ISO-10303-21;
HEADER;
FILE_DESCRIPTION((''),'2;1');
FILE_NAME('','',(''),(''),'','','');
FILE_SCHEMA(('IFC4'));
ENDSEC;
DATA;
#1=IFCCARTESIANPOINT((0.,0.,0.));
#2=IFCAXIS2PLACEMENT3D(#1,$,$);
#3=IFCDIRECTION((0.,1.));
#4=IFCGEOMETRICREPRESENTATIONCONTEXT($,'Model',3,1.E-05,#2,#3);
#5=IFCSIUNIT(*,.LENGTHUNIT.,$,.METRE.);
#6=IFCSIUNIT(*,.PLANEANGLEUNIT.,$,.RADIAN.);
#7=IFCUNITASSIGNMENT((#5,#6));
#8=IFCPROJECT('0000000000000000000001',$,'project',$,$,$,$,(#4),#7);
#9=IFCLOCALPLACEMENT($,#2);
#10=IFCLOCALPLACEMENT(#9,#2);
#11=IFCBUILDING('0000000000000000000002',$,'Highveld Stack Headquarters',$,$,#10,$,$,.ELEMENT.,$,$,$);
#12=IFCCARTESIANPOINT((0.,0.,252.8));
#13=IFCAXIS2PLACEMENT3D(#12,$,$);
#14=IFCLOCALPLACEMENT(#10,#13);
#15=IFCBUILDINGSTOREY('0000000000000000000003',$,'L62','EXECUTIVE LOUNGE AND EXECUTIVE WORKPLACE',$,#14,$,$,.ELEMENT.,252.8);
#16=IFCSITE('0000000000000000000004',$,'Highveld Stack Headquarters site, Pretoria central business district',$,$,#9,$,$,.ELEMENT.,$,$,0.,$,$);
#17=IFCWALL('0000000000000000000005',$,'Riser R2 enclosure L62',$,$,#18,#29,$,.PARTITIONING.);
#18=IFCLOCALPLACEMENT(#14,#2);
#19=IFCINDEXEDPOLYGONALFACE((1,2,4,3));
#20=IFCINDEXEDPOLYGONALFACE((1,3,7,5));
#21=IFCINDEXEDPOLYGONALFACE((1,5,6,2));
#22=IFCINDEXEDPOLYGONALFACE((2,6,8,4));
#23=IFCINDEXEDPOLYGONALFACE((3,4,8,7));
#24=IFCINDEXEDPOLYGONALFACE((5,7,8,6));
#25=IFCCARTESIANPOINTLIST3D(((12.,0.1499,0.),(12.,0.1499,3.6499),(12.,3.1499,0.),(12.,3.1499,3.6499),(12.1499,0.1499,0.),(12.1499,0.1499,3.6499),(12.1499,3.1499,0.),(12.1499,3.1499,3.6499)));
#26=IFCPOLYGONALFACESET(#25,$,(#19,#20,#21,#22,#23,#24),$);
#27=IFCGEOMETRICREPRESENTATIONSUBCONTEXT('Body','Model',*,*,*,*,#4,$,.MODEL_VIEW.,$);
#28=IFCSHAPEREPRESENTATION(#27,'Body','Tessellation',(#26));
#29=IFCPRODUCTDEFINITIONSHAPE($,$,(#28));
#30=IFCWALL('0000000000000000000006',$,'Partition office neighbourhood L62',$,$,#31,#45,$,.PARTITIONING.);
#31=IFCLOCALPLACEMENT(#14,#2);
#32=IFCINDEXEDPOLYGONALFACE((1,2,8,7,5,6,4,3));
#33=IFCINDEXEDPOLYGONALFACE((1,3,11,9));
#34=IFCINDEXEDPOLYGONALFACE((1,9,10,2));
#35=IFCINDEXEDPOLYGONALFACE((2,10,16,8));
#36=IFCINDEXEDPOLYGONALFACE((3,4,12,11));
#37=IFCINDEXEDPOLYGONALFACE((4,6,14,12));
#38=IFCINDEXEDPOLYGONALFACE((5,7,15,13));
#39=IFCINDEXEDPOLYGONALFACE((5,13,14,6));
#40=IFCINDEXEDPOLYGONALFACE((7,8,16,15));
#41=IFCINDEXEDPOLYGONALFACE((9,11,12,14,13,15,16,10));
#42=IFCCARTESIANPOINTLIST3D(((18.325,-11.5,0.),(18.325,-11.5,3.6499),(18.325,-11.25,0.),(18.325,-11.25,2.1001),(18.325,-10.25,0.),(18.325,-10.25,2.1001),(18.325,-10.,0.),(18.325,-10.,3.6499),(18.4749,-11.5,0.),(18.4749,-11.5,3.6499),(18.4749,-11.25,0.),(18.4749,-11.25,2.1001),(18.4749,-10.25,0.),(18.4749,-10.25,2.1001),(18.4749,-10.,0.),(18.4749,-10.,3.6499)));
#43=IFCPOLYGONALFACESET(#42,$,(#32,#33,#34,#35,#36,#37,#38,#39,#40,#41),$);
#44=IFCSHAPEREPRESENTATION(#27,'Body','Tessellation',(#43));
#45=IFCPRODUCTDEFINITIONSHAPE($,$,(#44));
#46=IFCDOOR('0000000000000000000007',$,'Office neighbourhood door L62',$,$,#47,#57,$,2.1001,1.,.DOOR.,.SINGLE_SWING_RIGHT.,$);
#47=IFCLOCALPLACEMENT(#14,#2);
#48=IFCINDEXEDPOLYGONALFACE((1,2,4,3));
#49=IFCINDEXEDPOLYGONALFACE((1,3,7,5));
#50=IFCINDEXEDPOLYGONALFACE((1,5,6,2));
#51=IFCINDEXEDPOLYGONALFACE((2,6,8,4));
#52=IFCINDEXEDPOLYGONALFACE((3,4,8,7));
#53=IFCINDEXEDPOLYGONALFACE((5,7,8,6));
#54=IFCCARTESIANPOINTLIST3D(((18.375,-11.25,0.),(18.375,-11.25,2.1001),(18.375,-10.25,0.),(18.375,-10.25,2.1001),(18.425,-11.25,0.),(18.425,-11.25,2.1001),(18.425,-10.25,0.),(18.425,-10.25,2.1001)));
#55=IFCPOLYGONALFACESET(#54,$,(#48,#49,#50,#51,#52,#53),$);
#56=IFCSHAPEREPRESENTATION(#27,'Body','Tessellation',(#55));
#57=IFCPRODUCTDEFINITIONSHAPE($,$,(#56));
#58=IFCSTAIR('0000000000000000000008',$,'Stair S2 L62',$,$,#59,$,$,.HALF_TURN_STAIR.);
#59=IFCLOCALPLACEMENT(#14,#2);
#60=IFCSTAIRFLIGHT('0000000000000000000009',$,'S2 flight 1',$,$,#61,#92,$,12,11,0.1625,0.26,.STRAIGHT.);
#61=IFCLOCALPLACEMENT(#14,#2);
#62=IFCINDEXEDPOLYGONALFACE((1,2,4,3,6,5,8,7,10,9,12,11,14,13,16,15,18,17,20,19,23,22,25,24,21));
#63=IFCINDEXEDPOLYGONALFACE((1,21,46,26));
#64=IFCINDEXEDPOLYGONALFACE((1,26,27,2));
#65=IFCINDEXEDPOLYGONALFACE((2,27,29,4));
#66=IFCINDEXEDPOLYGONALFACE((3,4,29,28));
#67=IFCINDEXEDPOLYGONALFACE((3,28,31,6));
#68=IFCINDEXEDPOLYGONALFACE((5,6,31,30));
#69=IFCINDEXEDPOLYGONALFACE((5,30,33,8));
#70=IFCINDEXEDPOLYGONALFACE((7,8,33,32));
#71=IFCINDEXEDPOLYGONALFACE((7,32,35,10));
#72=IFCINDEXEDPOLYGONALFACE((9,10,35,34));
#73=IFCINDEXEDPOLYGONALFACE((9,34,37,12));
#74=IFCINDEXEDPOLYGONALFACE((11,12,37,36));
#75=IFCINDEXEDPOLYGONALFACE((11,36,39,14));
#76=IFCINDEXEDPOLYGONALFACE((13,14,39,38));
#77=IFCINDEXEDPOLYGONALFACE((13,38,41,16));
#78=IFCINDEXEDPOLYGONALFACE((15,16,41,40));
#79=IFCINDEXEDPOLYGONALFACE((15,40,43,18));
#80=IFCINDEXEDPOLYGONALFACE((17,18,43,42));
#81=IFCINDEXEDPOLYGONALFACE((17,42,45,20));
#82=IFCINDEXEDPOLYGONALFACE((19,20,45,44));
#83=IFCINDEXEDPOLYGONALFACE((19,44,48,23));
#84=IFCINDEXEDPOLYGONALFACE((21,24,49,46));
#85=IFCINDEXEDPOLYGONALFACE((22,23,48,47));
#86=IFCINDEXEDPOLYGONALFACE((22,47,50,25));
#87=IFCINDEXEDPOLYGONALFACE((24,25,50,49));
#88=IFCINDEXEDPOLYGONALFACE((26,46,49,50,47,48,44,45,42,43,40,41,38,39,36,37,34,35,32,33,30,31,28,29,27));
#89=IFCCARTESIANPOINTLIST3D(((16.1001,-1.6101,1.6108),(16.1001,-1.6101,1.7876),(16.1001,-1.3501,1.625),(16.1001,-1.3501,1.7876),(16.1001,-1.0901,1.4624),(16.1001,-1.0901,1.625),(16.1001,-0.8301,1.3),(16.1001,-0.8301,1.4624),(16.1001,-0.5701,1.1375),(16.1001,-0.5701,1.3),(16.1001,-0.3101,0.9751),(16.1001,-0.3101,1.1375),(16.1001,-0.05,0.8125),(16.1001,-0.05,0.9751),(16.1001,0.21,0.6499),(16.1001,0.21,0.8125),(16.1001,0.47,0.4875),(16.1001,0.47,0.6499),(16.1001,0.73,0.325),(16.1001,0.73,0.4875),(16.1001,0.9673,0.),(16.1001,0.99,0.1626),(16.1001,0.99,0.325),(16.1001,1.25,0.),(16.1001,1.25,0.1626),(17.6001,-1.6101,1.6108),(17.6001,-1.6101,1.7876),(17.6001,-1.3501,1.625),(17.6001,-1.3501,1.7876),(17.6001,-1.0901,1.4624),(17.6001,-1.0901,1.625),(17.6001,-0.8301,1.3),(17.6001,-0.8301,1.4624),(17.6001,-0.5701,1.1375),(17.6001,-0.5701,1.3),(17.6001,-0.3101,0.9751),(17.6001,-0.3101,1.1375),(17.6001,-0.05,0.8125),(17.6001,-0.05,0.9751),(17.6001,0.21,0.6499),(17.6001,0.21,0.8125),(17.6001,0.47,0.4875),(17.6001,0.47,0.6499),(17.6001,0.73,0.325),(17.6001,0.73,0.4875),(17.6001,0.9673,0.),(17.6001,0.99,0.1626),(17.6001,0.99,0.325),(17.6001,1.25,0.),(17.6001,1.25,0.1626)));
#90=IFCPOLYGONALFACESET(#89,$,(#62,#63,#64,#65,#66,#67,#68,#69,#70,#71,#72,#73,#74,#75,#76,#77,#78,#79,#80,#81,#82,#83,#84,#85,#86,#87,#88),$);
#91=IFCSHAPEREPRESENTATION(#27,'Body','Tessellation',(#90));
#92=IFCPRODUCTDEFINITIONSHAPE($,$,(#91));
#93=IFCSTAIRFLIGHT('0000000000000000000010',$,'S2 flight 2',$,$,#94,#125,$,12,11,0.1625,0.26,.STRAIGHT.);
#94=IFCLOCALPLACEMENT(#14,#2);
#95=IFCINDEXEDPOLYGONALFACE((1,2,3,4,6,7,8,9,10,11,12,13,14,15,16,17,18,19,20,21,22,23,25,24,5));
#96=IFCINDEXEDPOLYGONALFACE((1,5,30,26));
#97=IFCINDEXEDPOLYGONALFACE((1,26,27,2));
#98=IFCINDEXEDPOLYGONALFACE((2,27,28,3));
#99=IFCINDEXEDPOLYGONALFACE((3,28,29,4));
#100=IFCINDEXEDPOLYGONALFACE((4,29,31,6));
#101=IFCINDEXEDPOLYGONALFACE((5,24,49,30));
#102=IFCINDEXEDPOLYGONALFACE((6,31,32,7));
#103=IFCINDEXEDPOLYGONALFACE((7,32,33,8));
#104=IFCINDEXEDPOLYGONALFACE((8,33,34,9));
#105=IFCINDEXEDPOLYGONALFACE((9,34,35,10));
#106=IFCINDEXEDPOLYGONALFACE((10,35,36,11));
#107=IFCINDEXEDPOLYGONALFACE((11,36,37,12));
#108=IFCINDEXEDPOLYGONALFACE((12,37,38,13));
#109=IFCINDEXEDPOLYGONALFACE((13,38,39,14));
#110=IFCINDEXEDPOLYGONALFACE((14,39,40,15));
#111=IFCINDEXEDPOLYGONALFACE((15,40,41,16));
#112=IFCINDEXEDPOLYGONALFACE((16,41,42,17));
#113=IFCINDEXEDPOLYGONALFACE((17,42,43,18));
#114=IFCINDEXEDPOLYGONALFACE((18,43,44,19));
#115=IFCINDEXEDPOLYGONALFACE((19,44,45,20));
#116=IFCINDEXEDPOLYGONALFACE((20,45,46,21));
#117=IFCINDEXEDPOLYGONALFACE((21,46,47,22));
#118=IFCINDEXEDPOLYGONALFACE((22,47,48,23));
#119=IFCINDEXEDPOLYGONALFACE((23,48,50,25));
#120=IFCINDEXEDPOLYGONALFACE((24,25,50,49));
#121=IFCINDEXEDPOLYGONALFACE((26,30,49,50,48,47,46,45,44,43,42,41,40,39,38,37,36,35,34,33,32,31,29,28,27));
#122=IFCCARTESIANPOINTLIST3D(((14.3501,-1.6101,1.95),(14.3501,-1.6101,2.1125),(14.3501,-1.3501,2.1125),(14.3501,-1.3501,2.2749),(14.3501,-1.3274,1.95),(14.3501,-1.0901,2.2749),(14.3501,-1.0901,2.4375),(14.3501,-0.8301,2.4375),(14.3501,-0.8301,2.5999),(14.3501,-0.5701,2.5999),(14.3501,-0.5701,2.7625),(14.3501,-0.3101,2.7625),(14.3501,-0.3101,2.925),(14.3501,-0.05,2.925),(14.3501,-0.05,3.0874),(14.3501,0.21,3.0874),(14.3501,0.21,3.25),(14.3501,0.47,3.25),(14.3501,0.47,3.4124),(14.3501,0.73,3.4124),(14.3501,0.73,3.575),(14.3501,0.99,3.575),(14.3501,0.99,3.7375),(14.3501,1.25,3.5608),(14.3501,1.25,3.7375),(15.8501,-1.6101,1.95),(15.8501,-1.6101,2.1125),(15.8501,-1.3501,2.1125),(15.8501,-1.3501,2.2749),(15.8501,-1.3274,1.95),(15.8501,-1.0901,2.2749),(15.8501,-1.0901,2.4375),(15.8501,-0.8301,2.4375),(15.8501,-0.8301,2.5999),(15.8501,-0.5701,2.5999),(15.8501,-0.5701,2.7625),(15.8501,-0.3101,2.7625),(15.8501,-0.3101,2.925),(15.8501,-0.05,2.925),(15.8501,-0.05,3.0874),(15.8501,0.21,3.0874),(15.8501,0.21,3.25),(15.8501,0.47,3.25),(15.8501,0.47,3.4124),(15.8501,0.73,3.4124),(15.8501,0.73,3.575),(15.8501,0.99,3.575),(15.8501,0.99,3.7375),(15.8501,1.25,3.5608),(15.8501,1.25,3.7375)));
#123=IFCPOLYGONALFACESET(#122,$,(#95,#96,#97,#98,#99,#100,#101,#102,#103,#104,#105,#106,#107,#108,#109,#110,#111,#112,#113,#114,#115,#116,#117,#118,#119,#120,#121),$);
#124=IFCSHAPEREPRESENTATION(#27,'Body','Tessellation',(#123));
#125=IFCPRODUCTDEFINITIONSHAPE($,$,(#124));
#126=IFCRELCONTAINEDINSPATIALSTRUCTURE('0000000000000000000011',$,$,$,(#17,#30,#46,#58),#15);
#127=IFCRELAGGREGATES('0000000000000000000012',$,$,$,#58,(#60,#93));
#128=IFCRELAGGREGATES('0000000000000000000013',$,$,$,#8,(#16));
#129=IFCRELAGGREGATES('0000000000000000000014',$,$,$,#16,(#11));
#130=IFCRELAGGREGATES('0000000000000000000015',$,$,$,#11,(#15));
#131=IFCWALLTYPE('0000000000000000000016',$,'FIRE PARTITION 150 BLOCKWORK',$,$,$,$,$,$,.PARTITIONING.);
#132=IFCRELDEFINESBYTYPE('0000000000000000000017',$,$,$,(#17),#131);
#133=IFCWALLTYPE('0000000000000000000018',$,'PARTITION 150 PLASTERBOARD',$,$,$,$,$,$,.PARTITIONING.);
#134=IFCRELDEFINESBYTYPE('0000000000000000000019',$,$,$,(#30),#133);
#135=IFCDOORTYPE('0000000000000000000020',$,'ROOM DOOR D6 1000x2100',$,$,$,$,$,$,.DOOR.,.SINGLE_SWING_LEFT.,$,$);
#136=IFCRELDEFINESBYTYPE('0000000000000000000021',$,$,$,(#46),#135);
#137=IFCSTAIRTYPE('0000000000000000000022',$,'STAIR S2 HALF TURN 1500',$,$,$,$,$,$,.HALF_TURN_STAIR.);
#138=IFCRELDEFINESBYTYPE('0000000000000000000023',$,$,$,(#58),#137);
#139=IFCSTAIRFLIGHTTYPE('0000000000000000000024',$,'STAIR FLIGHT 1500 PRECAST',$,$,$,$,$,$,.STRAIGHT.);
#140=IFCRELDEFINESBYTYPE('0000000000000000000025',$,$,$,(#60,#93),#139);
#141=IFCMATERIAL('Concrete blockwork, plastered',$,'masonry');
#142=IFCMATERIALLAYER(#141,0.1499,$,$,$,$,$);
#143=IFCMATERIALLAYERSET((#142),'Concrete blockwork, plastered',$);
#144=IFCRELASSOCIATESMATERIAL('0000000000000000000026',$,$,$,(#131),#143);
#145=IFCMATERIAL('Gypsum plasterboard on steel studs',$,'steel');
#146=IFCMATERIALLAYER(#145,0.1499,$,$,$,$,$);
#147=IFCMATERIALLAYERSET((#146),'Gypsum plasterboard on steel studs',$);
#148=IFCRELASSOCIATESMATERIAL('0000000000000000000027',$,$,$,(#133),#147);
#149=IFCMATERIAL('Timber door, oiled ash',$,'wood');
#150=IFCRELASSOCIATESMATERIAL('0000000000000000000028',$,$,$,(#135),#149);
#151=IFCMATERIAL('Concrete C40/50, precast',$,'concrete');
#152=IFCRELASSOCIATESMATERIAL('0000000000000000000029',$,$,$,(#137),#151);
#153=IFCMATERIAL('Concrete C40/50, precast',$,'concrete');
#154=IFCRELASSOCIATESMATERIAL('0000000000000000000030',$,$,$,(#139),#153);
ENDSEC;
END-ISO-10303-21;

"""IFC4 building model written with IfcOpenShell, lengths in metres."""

from ifc_helpers import new_model, si_unit, direction, frame, frame_2d, origin, place, context, subcontext, project, spatial, polyline, rectangle, outline, extrude, material, layer, layer_set, type_object, element, fill, aggregate, save


model = new_model("IFC4")

# Units and contexts
model_context = context("Model", 3, precision=1e-05, world=origin(), true_north=direction((0.0, 1.0)))
body_context = subcontext(model_context, "Body", "Model", "MODEL_VIEW")
ifc_project = project(units=[si_unit("LENGTHUNIT", "METRE"), si_unit("PLANEANGLEUNIT", "RADIAN")], contexts=[model_context])

# Site, building, storey
site_placement = place(None, origin())
site = spatial("IfcSite", under=ifc_project, at=site_placement, Name="Highveld Stack Headquarters site, Pretoria central business district", CompositionType="ELEMENT", RefElevation=0.0)
building_placement = place(site_placement, origin())
building = spatial("IfcBuilding", under=site, at=building_placement, Name="Highveld Stack Headquarters", CompositionType="ELEMENT")
storey_placement = place(building_placement, frame((0.0, 0.0, 252.8)))
storey = spatial("IfcBuildingStorey", under=building, at=storey_placement, Name="L62", Description="EXECUTIVE LOUNGE AND EXECUTIVE WORKPLACE", CompositionType="ELEMENT", Elevation=252.8)

# Wall
ifc_material_1 = material(Name="Concrete blockwork, plastered", Category="masonry")
ifc_layer_1 = layer(ifc_material_1, 0.1499)
ifc_layer_set_1 = layer_set([ifc_layer_1], Name="Concrete blockwork, plastered")
wall_type_1 = type_object("IfcWallType", Name="FIRE PARTITION 150 BLOCKWORK", PredefinedType="PARTITIONING", material=ifc_layer_set_1)
wall_1_placement = place(storey_placement, frame((12.075, 0.1499, 0.0), z_axis=(0.0, 0.0, 1.0), x_axis=(0.0, 1.0, 0.0)))
element("IfcWall", 1, at=wall_1_placement, inside=storey, type_object=wall_type_1, Name="Riser R2 enclosure L62", PredefinedType="PARTITIONING", context=body_context, shape_type="SweptSolid", body=[
    extrude(rectangle(XDim=3.0, YDim=0.1499, at=frame_2d((1.5, 0.0))), origin(), (0.0, 0.0, 1.0), 3.6499),
])

# Wall, opening, door
ifc_material_2 = material(Name="Gypsum plasterboard on steel studs", Category="steel")
ifc_layer_2 = layer(ifc_material_2, 0.1499)
ifc_layer_set_2 = layer_set([ifc_layer_2], Name="Gypsum plasterboard on steel studs")
wall_type_2 = type_object("IfcWallType", Name="PARTITION 150 PLASTERBOARD", PredefinedType="PARTITIONING", material=ifc_layer_set_2)
wall_2_placement = place(storey_placement, frame((18.3999, -11.5, 0.0), z_axis=(0.0, 0.0, 1.0), x_axis=(0.0, 1.0, 0.0)))
wall_2 = element("IfcWall", 2, at=wall_2_placement, inside=storey, type_object=wall_type_2, Name="Partition office neighbourhood L62", PredefinedType="PARTITIONING", context=body_context, shape_type="SweptSolid", body=[
    extrude(rectangle(XDim=1.5, YDim=0.1499, at=frame_2d((0.75, 0.0))), origin(), (0.0, 0.0, 1.0), 3.6499),
])
opening_1_placement = place(wall_2_placement, frame((0.25, 0.0, 0.0)))
opening_1 = element("IfcOpeningElement", 3, at=opening_1_placement, cuts=wall_2, PredefinedType="OPENING", context=body_context, shape_type="SweptSolid", body=[
    extrude(rectangle(XDim=1.0, YDim=2.1001, at=frame_2d((0.5, 1.05))), frame((0.0, 0.085, 0.0), z_axis=(0.0, -1.0, 0.0), x_axis=(1.0, 0.0, 0.0)), (0.0, 0.0, 1.0), 0.1699),
])
ifc_material_3 = material(Name="Timber door, oiled ash", Category="wood")
door_type_1 = type_object("IfcDoorType", Name="ROOM DOOR D6 1000x2100", OperationType="SINGLE_SWING_LEFT", PredefinedType="DOOR", material=ifc_material_3)
door_1_placement = place(opening_1_placement, origin())
door_1 = element("IfcDoor", 4, at=door_1_placement, inside=storey, type_object=door_type_1, Name="Office neighbourhood door L62", OperationType="SINGLE_SWING_RIGHT", OverallHeight=2.1001, OverallWidth=1.0, PredefinedType="DOOR", context=body_context, shape_type="SweptSolid", body=[
    extrude(rectangle(XDim=1.0, YDim=2.1001, at=frame_2d((0.5, 1.05))), frame((0.0, 0.0249, 0.0), z_axis=(0.0, -1.0, 0.0), x_axis=(1.0, 0.0, 0.0)), (0.0, 0.0, 1.0), 0.05),
])
fill(opening_1, door_1)

# Stair, stair flights
ifc_material_4 = material(Name="Concrete C40/50, precast", Category="concrete")
stair_type = type_object("IfcStairType", Name="STAIR S2 HALF TURN 1500", PredefinedType="HALF_TURN_STAIR", material=ifc_material_4)
stair_placement = place(storey_placement, origin())
stair = element("IfcStair", 5, at=stair_placement, inside=storey, type_object=stair_type, Name="Stair S2 L62", PredefinedType="HALF_TURN_STAIR")
ifc_material_5 = material(Name="Concrete C40/50, precast", Category="concrete")
stair_flight_type = type_object("IfcStairFlightType", Name="STAIR FLIGHT 1500 PRECAST", PredefinedType="STRAIGHT", material=ifc_material_5)
stair_flight_1_placement = place(storey_placement, frame((16.8501, 1.25, 0.0), z_axis=(0.0, 0.0, 1.0), x_axis=(0.0, -1.0, 0.0)))
stair_flight_1 = element("IfcStairFlight", 6, at=stair_flight_1_placement, type_object=stair_flight_type, Name="S2 flight 1", NumberOfRisers=12, NumberOfTreads=11, PredefinedType="STRAIGHT", RiserHeight=0.1625, TreadLength=0.26, context=body_context, shape_type="SweptSolid", body=[
    extrude(outline(polyline([(0.0, 0.0), (0.0, 0.1626), (0.26, 0.1626), (0.26, 0.325), (0.52, 0.325), (0.52, 0.4875), (0.78, 0.4875), (0.78, 0.6499), (1.04, 0.6499), (1.04, 0.8125), (1.3, 0.8125), (1.3, 0.9751), (1.5601, 0.9751), (1.5601, 1.1375), (1.8201, 1.1375), (1.8201, 1.3), (2.0801, 1.3), (2.0801, 1.4624), (2.3401, 1.4624), (2.3401, 1.625), (2.6001, 1.625), (2.6001, 1.7876), (2.8601, 1.7876), (2.8601, 1.95), (2.8601, 1.6108), (0.2827, 0.0), (0.0, 0.0)])), frame((0.0, 0.75, 0.0), z_axis=(0.0, -1.0, 0.0), x_axis=(1.0, 0.0, 0.0)), (0.0, 0.0, 1.0), 1.5),
])
stair_flight_2_placement = place(storey_placement, frame((15.1001, -1.6101, 1.95), z_axis=(0.0, 0.0, 1.0), x_axis=(0.0, 1.0, 0.0)))
stair_flight_2 = element("IfcStairFlight", 7, at=stair_flight_2_placement, type_object=stair_flight_type, Name="S2 flight 2", NumberOfRisers=12, NumberOfTreads=11, PredefinedType="STRAIGHT", RiserHeight=0.1625, TreadLength=0.26, context=body_context, shape_type="SweptSolid", body=[
    extrude(outline(polyline([(0.0, 0.0), (0.0, 0.1626), (0.26, 0.1626), (0.26, 0.325), (0.52, 0.325), (0.52, 0.4875), (0.78, 0.4875), (0.78, 0.6499), (1.04, 0.6499), (1.04, 0.8125), (1.3, 0.8125), (1.3, 0.9751), (1.5601, 0.9751), (1.5601, 1.1375), (1.8201, 1.1375), (1.8201, 1.3), (2.0801, 1.3), (2.0801, 1.4624), (2.3401, 1.4624), (2.3401, 1.625), (2.6001, 1.625), (2.6001, 1.7876), (2.8601, 1.7876), (2.8601, 1.95), (2.8601, 1.6108), (0.2827, 0.0), (0.0, 0.0)])), frame((0.0, 0.75, 0.0), z_axis=(0.0, -1.0, 0.0), x_axis=(1.0, 0.0, 0.0)), (0.0, 0.0, 1.0), 1.5),
])
aggregate(stair, [stair_flight_1, stair_flight_2])

save(model, "model.ifc")
